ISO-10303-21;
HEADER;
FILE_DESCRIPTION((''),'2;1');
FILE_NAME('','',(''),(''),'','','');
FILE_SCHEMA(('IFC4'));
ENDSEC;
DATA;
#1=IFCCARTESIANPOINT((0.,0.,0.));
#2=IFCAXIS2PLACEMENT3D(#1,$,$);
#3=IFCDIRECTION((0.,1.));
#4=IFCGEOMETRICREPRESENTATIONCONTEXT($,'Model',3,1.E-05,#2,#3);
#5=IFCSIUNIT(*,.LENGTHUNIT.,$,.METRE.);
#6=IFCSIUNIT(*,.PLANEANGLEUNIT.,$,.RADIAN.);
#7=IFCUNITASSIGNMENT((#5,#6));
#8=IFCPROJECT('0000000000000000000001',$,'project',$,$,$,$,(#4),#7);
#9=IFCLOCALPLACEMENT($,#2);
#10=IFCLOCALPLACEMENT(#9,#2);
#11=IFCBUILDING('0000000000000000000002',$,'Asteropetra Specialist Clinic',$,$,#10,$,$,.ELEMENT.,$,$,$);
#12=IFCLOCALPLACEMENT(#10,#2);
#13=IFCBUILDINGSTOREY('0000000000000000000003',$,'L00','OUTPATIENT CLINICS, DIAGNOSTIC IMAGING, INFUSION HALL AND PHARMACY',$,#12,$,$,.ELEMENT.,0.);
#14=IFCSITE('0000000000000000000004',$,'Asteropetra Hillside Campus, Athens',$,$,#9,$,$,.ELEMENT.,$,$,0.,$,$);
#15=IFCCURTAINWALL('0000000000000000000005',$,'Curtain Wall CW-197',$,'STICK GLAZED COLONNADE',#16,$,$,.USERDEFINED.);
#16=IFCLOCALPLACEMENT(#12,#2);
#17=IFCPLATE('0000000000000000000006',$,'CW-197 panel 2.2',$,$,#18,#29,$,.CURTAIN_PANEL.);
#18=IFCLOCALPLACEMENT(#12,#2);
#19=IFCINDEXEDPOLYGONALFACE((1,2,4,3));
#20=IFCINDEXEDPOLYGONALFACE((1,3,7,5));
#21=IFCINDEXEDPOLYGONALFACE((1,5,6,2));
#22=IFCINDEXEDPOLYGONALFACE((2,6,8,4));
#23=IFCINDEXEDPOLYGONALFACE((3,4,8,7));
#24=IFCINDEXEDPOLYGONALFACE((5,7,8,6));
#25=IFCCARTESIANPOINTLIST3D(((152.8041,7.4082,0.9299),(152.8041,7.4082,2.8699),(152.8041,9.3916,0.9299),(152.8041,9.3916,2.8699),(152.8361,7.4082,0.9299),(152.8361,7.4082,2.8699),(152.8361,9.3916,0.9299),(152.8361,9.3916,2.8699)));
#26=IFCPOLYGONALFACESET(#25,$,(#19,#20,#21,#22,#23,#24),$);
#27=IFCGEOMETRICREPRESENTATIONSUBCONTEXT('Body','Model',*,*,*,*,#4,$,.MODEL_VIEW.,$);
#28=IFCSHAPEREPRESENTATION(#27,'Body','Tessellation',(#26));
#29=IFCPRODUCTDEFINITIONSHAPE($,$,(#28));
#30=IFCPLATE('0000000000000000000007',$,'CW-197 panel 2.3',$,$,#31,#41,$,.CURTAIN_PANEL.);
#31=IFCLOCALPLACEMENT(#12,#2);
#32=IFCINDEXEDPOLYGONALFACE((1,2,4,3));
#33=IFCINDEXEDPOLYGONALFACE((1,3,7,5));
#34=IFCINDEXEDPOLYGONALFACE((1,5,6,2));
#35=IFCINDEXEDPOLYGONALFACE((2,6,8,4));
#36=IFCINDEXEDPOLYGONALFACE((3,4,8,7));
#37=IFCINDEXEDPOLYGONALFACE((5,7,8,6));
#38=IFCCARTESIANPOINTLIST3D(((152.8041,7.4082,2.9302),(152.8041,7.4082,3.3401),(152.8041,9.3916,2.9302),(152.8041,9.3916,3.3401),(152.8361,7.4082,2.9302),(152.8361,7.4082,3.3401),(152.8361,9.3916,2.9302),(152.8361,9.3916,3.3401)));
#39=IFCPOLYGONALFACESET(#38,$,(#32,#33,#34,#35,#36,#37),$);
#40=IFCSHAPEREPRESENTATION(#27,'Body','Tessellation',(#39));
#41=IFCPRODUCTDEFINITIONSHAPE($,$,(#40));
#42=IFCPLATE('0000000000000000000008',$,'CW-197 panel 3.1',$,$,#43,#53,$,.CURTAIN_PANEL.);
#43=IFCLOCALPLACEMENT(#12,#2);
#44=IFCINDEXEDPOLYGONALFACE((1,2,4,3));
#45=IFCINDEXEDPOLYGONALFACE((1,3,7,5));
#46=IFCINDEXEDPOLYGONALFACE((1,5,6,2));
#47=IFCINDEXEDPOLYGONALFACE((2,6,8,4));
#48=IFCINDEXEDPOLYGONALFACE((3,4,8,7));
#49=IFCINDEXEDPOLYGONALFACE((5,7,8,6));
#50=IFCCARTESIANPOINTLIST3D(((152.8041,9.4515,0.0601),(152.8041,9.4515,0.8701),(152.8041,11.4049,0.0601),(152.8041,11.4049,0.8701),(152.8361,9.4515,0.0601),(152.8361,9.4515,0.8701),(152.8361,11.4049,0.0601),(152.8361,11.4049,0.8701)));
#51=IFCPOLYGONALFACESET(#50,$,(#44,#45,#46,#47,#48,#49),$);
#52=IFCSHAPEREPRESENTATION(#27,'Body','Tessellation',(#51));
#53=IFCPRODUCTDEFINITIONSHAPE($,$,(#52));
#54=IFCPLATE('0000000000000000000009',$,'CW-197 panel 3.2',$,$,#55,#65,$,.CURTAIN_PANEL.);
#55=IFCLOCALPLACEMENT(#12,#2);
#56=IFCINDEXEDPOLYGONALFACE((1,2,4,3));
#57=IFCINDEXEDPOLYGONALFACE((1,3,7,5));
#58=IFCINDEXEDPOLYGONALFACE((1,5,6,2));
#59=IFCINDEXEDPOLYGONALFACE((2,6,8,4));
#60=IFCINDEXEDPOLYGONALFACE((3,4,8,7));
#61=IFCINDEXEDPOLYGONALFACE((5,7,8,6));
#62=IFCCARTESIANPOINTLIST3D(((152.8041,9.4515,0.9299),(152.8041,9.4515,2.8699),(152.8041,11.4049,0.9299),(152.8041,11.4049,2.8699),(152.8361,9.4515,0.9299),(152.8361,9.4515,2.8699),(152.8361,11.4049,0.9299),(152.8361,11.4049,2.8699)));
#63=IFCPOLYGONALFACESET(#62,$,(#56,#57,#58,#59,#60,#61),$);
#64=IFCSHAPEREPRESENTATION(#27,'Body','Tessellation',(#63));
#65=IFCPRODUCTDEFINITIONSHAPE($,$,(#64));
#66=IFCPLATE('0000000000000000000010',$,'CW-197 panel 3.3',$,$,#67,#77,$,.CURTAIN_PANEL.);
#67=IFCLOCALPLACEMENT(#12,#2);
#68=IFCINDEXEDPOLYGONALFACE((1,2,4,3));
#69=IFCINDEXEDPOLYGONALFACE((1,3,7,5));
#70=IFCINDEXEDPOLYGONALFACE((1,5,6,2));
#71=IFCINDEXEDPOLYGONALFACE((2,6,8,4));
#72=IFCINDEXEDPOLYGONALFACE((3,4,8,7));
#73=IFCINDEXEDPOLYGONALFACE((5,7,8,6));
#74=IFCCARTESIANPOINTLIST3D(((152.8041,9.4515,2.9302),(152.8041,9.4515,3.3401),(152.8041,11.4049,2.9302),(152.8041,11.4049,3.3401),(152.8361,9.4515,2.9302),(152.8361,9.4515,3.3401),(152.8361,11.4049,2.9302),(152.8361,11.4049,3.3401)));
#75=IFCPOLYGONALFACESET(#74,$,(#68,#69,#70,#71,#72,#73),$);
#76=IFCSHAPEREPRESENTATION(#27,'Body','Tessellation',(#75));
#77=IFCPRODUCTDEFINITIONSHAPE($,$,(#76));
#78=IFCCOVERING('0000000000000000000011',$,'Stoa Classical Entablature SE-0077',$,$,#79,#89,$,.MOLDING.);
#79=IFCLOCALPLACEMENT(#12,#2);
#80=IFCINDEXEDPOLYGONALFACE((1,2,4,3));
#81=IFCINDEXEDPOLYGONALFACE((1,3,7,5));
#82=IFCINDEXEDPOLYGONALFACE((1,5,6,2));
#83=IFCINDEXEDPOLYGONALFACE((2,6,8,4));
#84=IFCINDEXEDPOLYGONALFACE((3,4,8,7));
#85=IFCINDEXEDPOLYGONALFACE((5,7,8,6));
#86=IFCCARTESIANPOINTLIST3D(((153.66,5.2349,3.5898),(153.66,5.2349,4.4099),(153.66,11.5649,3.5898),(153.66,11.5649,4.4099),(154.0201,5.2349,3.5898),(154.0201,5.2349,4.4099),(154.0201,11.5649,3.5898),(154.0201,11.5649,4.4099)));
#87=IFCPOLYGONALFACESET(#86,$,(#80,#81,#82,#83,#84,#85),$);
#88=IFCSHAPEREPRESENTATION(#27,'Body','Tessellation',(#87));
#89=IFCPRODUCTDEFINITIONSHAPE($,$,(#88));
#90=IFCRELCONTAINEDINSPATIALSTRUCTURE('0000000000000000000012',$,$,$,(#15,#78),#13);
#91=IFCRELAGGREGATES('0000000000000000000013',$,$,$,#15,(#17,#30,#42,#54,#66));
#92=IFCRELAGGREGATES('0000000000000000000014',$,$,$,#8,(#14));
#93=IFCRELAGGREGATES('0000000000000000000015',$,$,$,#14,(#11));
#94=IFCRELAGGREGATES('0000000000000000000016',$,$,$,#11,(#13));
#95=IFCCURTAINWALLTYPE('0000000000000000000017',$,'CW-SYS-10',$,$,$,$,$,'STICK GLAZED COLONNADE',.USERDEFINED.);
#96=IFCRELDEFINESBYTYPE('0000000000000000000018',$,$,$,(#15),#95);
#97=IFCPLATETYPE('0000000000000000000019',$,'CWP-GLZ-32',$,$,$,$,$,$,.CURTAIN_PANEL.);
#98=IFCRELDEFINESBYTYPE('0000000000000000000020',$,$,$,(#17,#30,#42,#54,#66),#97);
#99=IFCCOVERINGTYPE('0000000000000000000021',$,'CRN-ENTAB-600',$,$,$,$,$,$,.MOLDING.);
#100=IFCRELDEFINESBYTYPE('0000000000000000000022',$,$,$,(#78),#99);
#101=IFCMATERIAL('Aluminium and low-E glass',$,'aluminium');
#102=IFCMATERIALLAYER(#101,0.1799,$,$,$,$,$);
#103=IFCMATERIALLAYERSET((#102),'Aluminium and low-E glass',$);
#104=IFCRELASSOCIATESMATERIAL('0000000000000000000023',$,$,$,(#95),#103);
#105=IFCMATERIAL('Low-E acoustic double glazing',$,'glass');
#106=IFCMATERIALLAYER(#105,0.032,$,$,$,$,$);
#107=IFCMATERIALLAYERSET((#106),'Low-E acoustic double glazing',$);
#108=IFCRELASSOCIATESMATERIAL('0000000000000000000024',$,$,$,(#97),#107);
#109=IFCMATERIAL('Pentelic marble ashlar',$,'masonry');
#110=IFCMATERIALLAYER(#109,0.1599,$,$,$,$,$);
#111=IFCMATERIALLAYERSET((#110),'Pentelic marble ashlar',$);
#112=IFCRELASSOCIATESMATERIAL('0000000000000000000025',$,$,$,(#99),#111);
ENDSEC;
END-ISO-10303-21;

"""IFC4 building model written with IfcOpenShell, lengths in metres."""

from ifc_helpers import new_model, si_unit, direction, frame, origin, origin_2d, place, context, subcontext, project, spatial, rectangle, extrude, material, layer, layer_set, type_object, element, aggregate, save


model = new_model("IFC4")

# Units and contexts
model_context = context("Model", 3, precision=1e-05, world=origin(), true_north=direction((0.0, 1.0)))
body_context = subcontext(model_context, "Body", "Model", "MODEL_VIEW")
ifc_project = project(units=[si_unit("LENGTHUNIT", "METRE"), si_unit("PLANEANGLEUNIT", "RADIAN")], contexts=[model_context])

# Site, building, storey
site_placement = place(None, origin())
site = spatial("IfcSite", under=ifc_project, at=site_placement, Name="Asteropetra Hillside Campus, Athens", CompositionType="ELEMENT", RefElevation=0.0)
building_placement = place(site_placement, origin())
building = spatial("IfcBuilding", under=site, at=building_placement, Name="Asteropetra Specialist Clinic", CompositionType="ELEMENT")
storey_placement = place(building_placement, origin())
storey = spatial("IfcBuildingStorey", under=building, at=storey_placement, Name="L00", Description="OUTPATIENT CLINICS, DIAGNOSTIC IMAGING, INFUSION HALL AND PHARMACY", CompositionType="ELEMENT", Elevation=0.0)

# Curtain wall, plates
ifc_material_1 = material(Name="Aluminium and low-E glass", Category="aluminium")
ifc_layer_1 = layer(ifc_material_1, 0.1799)
ifc_layer_set_1 = layer_set([ifc_layer_1], Name="Aluminium and low-E glass")
curtain_wall_type = type_object("IfcCurtainWallType", Name="CW-SYS-10", ElementType="STICK GLAZED COLONNADE", PredefinedType="USERDEFINED", material=ifc_layer_set_1)
curtain_wall_placement = place(storey_placement, origin())
curtain_wall = element("IfcCurtainWall", 1, at=curtain_wall_placement, inside=storey, type_object=curtain_wall_type, Name="Curtain Wall CW-197", ObjectType="STICK GLAZED COLONNADE", PredefinedType="USERDEFINED")
ifc_material_2 = material(Name="Low-E acoustic double glazing", Category="glass")
ifc_layer_2 = layer(ifc_material_2, 0.032)
ifc_layer_set_2 = layer_set([ifc_layer_2], Name="Low-E acoustic double glazing")
plate_type = type_object("IfcPlateType", Name="CWP-GLZ-32", PredefinedType="CURTAIN_PANEL", material=ifc_layer_set_2)
plate_1_placement = place(storey_placement, frame((152.8201, 8.3999, 0.9299), z_axis=(0.0, 0.0, 1.0), x_axis=(0.0, 1.0, 0.0)))
plate_1 = element("IfcPlate", 2, at=plate_1_placement, type_object=plate_type, Name="CW-197 panel 2.2", PredefinedType="CURTAIN_PANEL", context=body_context, shape_type="SweptSolid", body=[
    extrude(rectangle(XDim=1.9834, YDim=0.032, at=origin_2d()), origin(), (0.0, 0.0, 1.0), 1.9399),
])
plate_2_placement = place(storey_placement, frame((152.8201, 8.3999, 2.9302), z_axis=(0.0, 0.0, 1.0), x_axis=(0.0, 1.0, 0.0)))
plate_2 = element("IfcPlate", 3, at=plate_2_placement, type_object=plate_type, Name="CW-197 panel 2.3", PredefinedType="CURTAIN_PANEL", context=body_context, shape_type="SweptSolid", body=[
    extrude(rectangle(XDim=1.9834, YDim=0.032, at=origin_2d()), origin(), (0.0, 0.0, 1.0), 0.4099),
])
plate_3_placement = place(storey_placement, frame((152.8201, 10.4282, 0.0601), z_axis=(0.0, 0.0, 1.0), x_axis=(0.0, 1.0, 0.0)))
plate_3 = element("IfcPlate", 4, at=plate_3_placement, type_object=plate_type, Name="CW-197 panel 3.1", PredefinedType="CURTAIN_PANEL", context=body_context, shape_type="SweptSolid", body=[
    extrude(rectangle(XDim=1.9534, YDim=0.032, at=origin_2d()), origin(), (0.0, 0.0, 1.0), 0.8101),
])
plate_4_placement = place(storey_placement, frame((152.8201, 10.4282, 0.9299), z_axis=(0.0, 0.0, 1.0), x_axis=(0.0, 1.0, 0.0)))
plate_4 = element("IfcPlate", 5, at=plate_4_placement, type_object=plate_type, Name="CW-197 panel 3.2", PredefinedType="CURTAIN_PANEL", context=body_context, shape_type="SweptSolid", body=[
    extrude(rectangle(XDim=1.9534, YDim=0.032, at=origin_2d()), origin(), (0.0, 0.0, 1.0), 1.9399),
])
plate_5_placement = place(storey_placement, frame((152.8201, 10.4282, 2.9302), z_axis=(0.0, 0.0, 1.0), x_axis=(0.0, 1.0, 0.0)))
plate_5 = element("IfcPlate", 6, at=plate_5_placement, type_object=plate_type, Name="CW-197 panel 3.3", PredefinedType="CURTAIN_PANEL", context=body_context, shape_type="SweptSolid", body=[
    extrude(rectangle(XDim=1.9534, YDim=0.032, at=origin_2d()), origin(), (0.0, 0.0, 1.0), 0.4099),
])
aggregate(curtain_wall, [plate_1, plate_2, plate_3, plate_4, plate_5])

# Covering
ifc_material_3 = material(Name="Pentelic marble ashlar", Category="masonry")
ifc_layer_3 = layer(ifc_material_3, 0.1599)
ifc_layer_set_3 = layer_set([ifc_layer_3], Name="Pentelic marble ashlar")
covering_type = type_object("IfcCoveringType", Name="CRN-ENTAB-600", PredefinedType="MOLDING", material=ifc_layer_set_3)
covering_placement = place(storey_placement, frame((153.8401, 8.3999, 3.5898), z_axis=(0.0, 0.0, 1.0), x_axis=(1.0, 0.0, 0.0)))
element("IfcCovering", 7, at=covering_placement, inside=storey, type_object=covering_type, Name="Stoa Classical Entablature SE-0077", PredefinedType="MOLDING", context=body_context, shape_type="SweptSolid", body=[
    extrude(rectangle(XDim=0.3601, YDim=6.3301, at=origin_2d()), origin(), (0.0, 0.0, 1.0), 0.8201),
])

save(model, "model.ifc")
